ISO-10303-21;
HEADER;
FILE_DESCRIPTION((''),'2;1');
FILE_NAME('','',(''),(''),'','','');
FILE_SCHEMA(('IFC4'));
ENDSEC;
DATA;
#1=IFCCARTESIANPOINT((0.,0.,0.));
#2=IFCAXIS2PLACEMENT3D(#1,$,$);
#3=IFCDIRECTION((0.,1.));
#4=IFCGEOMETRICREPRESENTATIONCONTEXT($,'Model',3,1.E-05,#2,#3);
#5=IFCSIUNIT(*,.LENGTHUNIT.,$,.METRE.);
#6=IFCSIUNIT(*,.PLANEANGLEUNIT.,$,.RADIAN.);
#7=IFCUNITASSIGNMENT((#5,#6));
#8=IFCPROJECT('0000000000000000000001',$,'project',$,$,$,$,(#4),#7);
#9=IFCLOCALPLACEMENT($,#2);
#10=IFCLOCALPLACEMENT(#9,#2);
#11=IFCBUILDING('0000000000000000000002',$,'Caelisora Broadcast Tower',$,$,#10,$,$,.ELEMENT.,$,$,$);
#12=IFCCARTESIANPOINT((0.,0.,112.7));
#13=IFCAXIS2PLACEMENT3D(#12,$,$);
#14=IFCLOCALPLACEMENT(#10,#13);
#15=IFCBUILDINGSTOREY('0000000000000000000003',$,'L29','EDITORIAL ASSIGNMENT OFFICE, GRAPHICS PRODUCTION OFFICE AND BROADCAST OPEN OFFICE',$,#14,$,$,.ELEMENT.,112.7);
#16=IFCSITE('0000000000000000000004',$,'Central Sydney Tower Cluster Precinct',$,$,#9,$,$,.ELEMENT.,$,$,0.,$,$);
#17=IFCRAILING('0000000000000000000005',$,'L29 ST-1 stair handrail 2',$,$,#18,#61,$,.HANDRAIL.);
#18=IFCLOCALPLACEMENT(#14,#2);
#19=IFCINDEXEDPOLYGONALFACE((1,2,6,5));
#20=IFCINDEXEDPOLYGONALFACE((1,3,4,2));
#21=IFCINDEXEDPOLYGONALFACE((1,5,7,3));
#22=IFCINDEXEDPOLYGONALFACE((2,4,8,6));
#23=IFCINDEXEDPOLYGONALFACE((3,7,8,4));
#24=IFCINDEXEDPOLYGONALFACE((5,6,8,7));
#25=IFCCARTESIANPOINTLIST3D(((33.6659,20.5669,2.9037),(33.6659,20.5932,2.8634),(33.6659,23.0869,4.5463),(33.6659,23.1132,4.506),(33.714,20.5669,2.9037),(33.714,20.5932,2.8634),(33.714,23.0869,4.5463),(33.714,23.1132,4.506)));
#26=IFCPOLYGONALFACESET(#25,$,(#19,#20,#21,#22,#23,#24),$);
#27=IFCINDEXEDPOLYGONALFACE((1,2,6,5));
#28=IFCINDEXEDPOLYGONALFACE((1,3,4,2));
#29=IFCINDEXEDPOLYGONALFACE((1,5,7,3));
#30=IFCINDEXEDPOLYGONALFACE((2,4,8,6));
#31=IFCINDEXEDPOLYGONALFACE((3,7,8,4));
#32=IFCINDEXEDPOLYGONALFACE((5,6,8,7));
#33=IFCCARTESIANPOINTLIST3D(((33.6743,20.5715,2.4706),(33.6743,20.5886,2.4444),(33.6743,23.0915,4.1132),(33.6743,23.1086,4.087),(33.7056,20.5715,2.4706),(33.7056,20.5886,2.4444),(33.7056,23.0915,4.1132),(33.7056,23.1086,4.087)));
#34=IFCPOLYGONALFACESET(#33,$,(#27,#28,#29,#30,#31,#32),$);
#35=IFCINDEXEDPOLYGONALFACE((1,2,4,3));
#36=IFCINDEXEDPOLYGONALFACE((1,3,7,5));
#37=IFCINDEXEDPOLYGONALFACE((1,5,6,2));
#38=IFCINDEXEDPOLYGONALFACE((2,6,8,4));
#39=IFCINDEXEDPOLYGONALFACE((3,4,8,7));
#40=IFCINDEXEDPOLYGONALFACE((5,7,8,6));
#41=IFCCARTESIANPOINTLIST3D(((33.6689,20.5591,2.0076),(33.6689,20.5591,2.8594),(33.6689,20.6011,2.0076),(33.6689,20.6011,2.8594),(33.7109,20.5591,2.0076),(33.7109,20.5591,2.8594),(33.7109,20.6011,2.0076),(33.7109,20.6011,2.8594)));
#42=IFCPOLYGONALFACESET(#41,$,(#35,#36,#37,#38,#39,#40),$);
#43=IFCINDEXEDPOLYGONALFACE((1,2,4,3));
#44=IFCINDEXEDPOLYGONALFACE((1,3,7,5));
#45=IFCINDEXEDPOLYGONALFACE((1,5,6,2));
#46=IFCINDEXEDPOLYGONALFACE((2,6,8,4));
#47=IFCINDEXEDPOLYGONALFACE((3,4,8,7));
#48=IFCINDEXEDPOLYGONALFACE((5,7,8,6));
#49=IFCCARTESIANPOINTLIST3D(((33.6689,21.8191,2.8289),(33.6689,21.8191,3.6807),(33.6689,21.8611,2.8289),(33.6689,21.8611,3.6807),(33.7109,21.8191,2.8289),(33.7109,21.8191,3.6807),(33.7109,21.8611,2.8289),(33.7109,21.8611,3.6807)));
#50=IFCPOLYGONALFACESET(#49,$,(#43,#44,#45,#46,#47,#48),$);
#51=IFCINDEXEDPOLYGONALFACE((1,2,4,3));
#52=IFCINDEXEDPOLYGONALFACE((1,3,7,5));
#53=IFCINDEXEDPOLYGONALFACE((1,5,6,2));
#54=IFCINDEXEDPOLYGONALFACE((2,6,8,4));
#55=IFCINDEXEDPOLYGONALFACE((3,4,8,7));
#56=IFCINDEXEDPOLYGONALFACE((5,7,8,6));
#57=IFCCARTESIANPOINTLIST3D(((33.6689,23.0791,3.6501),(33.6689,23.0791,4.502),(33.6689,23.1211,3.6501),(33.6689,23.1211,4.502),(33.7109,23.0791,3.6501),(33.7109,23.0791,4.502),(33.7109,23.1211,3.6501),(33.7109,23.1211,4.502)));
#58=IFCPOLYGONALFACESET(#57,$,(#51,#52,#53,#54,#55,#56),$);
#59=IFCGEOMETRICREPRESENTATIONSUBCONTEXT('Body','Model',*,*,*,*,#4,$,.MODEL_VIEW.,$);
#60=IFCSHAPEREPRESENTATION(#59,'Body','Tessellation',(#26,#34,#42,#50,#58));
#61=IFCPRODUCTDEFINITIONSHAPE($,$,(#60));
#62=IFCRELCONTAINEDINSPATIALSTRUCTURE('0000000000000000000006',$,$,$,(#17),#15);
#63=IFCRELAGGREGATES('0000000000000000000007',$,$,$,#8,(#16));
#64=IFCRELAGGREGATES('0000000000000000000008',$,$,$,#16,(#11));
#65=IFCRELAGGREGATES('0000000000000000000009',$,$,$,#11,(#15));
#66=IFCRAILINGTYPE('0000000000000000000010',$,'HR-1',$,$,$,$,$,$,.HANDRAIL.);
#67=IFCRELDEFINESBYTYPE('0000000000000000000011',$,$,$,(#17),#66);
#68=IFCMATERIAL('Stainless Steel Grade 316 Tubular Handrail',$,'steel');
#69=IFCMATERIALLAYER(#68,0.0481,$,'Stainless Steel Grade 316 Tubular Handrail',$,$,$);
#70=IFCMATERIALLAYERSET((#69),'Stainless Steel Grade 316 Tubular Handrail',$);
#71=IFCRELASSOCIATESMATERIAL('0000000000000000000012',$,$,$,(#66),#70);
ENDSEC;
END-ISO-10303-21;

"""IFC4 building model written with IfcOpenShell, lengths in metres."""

from ifc_helpers import new_model, si_unit, direction, frame, origin, origin_2d, place, context, subcontext, project, spatial, rectangle, extrude, material, layer, layer_set, type_object, element, save


model = new_model("IFC4")

# Units and contexts
model_context = context("Model", 3, precision=1e-05, world=origin(), true_north=direction((0.0, 1.0)))
body_context = subcontext(model_context, "Body", "Model", "MODEL_VIEW")
ifc_project = project(units=[si_unit("LENGTHUNIT", "METRE"), si_unit("PLANEANGLEUNIT", "RADIAN")], contexts=[model_context])

# Site, building, storey
site_placement = place(None, origin())
site = spatial("IfcSite", under=ifc_project, at=site_placement, Name="Central Sydney Tower Cluster Precinct", CompositionType="ELEMENT", RefElevation=0.0)
building_placement = place(site_placement, origin())
building = spatial("IfcBuilding", under=site, at=building_placement, Name="Caelisora Broadcast Tower", CompositionType="ELEMENT")
storey_placement = place(building_placement, frame((0.0, 0.0, 112.7)))
storey = spatial("IfcBuildingStorey", under=building, at=storey_placement, Name="L29", Description="EDITORIAL ASSIGNMENT OFFICE, GRAPHICS PRODUCTION OFFICE AND BROADCAST OPEN OFFICE", CompositionType="ELEMENT", Elevation=112.7)

# Railing
ifc_material_1 = material(Name="Stainless Steel Grade 316 Tubular Handrail", Category="steel")
ifc_layer_1 = layer(ifc_material_1, 0.0481, Name="Stainless Steel Grade 316 Tubular Handrail")
ifc_layer_set_1 = layer_set([ifc_layer_1], Name="Stainless Steel Grade 316 Tubular Handrail")
railing_type_1 = type_object("IfcRailingType", Name="HR-1", PredefinedType="HANDRAIL", material=ifc_layer_set_1)
railing_1_placement = place(storey_placement, frame((33.6899, 20.5801, 2.0076)))
element("IfcRailing", 1, at=railing_1_placement, inside=storey, type_object=railing_type_1, Name="L29 ST-1 stair handrail 2", PredefinedType="HANDRAIL", context=body_context, shape_type="SweptSolid", body=[
    extrude(rectangle(XDim=0.0481, YDim=0.0481, at=origin_2d()), frame((0.0, 0.0, 0.876), z_axis=(0.0, 0.837749, 0.546055), x_axis=(-1.0, 0.0, 0.0)), (0.0, 0.0, 1.0), 3.0081),
    extrude(rectangle(XDim=0.0312, YDim=0.0312, at=origin_2d()), frame((0.0, 0.0, 0.45), z_axis=(0.0, 0.837749, 0.546055), x_axis=(-1.0, 0.0, 0.0)), (0.0, 0.0, 1.0), 3.0081),
    extrude(rectangle(XDim=0.042, YDim=0.042, at=origin_2d()), origin(), (0.0, 0.0, 1.0), 0.8518),
    extrude(rectangle(XDim=0.042, YDim=0.042, at=origin_2d()), frame((0.0, 1.26, 0.8213)), (0.0, 0.0, 1.0), 0.8518),
    extrude(rectangle(XDim=0.042, YDim=0.042, at=origin_2d()), frame((0.0, 2.52, 1.6426)), (0.0, 0.0, 1.0), 0.8518),
])

save(model, "model.ifc")
